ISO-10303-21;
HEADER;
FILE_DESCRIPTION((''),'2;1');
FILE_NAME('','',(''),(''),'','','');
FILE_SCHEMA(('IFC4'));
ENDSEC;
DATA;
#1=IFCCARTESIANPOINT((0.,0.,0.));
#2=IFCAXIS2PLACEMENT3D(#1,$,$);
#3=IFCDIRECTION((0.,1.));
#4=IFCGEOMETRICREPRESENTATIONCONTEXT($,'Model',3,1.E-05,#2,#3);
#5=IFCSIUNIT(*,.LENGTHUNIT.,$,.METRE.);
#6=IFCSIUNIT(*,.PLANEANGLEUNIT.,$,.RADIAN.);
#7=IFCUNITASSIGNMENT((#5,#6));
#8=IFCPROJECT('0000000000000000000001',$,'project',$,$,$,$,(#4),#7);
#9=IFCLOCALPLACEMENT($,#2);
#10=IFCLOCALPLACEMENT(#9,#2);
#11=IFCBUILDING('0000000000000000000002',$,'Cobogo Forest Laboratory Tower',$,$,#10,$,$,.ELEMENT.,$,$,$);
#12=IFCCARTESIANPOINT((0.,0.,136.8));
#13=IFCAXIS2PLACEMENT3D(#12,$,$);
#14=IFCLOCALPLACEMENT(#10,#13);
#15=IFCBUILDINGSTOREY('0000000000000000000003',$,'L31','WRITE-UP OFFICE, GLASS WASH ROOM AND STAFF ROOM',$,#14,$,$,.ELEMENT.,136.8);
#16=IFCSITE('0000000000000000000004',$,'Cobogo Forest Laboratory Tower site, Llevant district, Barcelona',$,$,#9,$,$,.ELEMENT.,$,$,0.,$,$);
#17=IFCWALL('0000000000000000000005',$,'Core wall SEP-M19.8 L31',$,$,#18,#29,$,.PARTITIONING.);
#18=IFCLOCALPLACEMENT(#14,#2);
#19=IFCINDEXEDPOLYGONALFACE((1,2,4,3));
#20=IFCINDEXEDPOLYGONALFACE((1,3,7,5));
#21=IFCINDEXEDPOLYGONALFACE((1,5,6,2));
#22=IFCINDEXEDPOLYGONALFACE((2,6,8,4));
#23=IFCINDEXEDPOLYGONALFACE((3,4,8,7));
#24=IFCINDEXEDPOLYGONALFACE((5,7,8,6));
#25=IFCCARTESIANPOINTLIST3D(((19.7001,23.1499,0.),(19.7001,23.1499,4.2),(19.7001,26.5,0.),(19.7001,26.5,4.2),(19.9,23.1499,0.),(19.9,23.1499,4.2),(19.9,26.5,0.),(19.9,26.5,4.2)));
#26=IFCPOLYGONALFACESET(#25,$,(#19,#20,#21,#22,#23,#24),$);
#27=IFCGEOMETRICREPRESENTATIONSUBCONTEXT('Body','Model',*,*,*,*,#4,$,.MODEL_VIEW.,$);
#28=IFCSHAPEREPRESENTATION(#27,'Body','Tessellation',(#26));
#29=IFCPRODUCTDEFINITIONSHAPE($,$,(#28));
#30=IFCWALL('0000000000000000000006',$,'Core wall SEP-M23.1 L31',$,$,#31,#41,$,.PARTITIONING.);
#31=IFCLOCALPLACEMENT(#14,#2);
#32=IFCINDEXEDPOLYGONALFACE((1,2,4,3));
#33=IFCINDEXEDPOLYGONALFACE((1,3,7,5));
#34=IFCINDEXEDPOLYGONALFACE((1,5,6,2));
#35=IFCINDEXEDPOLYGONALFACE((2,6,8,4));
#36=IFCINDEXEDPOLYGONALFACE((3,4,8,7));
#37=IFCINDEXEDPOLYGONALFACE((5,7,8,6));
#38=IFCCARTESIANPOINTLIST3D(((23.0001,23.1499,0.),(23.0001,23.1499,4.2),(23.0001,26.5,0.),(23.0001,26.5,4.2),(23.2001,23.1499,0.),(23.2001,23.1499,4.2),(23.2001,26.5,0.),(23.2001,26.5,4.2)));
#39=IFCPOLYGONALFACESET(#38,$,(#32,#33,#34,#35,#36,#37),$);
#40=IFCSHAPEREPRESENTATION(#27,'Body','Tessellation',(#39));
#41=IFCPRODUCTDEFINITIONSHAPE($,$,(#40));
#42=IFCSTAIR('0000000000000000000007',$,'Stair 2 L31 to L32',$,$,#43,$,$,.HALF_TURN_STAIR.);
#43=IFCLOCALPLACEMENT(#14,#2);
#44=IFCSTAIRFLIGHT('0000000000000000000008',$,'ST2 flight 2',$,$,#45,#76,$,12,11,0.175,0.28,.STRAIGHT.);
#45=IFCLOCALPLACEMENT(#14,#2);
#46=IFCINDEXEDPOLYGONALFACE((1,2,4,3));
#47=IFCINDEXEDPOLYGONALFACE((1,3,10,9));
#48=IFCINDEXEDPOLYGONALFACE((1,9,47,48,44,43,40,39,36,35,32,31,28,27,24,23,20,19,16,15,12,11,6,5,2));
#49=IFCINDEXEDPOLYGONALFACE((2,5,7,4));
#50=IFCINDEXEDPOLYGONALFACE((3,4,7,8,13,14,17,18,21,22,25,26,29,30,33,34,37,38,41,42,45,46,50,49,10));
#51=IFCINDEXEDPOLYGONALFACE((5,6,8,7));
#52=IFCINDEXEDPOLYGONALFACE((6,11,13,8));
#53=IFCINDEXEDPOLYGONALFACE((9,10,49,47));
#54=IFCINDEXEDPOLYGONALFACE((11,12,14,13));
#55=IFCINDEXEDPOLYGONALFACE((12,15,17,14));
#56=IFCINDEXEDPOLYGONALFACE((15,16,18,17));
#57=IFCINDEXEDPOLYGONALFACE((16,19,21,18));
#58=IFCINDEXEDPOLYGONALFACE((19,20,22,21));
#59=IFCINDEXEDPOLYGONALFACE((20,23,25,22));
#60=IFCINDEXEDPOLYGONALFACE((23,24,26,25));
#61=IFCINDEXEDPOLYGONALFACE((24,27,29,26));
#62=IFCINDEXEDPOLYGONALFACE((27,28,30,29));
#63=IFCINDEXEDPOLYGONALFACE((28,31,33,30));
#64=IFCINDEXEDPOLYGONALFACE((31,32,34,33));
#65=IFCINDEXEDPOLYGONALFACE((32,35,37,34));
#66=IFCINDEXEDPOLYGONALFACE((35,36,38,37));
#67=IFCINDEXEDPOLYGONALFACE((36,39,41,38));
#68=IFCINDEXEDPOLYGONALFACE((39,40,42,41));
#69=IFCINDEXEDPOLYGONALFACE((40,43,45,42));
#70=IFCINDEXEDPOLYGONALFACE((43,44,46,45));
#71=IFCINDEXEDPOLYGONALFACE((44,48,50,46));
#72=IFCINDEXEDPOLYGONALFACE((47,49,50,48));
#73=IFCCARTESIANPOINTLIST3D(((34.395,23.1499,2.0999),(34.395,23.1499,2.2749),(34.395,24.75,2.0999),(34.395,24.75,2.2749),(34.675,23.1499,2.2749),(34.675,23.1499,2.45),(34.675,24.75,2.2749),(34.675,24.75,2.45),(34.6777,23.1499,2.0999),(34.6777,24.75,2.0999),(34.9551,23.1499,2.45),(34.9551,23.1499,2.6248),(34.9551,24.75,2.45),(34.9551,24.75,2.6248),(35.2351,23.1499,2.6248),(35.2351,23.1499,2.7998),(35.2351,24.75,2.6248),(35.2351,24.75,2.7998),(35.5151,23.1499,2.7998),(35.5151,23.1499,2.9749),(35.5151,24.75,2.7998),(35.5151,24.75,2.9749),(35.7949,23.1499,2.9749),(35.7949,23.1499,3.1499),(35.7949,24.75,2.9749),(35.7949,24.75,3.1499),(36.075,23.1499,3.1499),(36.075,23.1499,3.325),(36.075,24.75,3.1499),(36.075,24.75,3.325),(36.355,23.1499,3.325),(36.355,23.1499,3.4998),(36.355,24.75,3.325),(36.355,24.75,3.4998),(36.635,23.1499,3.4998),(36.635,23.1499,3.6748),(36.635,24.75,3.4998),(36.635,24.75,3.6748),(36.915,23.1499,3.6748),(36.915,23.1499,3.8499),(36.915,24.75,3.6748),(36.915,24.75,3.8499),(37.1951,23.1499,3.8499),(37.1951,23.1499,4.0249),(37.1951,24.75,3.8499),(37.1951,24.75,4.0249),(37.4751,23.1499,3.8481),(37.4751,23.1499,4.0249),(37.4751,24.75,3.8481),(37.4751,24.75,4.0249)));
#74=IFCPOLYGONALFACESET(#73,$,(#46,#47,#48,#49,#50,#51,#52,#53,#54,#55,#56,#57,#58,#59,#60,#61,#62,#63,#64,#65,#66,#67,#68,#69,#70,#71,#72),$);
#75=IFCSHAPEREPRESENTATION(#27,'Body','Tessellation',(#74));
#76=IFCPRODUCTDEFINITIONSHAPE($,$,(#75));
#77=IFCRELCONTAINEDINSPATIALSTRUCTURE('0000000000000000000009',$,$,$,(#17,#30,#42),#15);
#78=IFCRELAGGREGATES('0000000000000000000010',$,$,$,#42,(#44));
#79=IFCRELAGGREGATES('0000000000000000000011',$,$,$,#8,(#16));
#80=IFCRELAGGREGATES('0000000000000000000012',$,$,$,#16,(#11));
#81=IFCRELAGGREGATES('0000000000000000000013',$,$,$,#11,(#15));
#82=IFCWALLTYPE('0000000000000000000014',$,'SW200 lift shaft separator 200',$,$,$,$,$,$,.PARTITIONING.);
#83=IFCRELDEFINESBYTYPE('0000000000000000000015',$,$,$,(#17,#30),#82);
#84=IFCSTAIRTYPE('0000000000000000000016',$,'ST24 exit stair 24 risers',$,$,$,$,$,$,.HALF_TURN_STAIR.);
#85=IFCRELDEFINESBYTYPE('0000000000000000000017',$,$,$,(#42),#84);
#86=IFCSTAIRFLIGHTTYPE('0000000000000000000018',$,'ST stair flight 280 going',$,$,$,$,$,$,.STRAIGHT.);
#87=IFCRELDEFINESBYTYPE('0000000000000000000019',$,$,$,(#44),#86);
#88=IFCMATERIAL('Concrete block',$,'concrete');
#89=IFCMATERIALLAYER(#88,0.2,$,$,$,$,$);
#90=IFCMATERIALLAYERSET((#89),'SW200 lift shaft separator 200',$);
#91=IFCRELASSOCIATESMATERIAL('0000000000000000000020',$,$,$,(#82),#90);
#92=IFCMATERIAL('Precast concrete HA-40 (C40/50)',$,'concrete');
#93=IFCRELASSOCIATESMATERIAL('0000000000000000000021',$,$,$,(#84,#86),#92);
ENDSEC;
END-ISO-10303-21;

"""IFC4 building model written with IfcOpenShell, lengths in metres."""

from ifc_helpers import new_model, si_unit, direction, frame, frame_2d, origin, place, context, subcontext, project, spatial, polyline, rectangle, outline, extrude, material, layer, layer_set, type_object, element, aggregate, save


model = new_model("IFC4")

# Units and contexts
model_context = context("Model", 3, precision=1e-05, world=origin(), true_north=direction((0.0, 1.0)))
body_context = subcontext(model_context, "Body", "Model", "MODEL_VIEW")
ifc_project = project(units=[si_unit("LENGTHUNIT", "METRE"), si_unit("PLANEANGLEUNIT", "RADIAN")], contexts=[model_context])

# Site, building, storey
site_placement = place(None, origin())
site = spatial("IfcSite", under=ifc_project, at=site_placement, Name="Cobogo Forest Laboratory Tower site, Llevant district, Barcelona", CompositionType="ELEMENT", RefElevation=0.0)
building_placement = place(site_placement, origin())
building = spatial("IfcBuilding", under=site, at=building_placement, Name="Cobogo Forest Laboratory Tower", CompositionType="ELEMENT")
storey_placement = place(building_placement, frame((0.0, 0.0, 136.8)))
storey = spatial("IfcBuildingStorey", under=building, at=storey_placement, Name="L31", Description="WRITE-UP OFFICE, GLASS WASH ROOM AND STAFF ROOM", CompositionType="ELEMENT", Elevation=136.8)

# Walls
ifc_material_1 = material(Name="Concrete block", Category="concrete")
ifc_layer_1 = layer(ifc_material_1, 0.2)
ifc_layer_set_1 = layer_set([ifc_layer_1], Name="SW200 lift shaft separator 200")
wall_type_1 = type_object("IfcWallType", Name="SW200 lift shaft separator 200", PredefinedType="PARTITIONING", material=ifc_layer_set_1)
for number, where, z_axis, x_axis, name in (
    (1, (19.8, 23.1499, 0.0), (0.0, 0.0, 1.0), (0.0, 1.0, 0.0), "Core wall SEP-M19.8 L31"),
    (2, (23.1001, 23.1499, 0.0), (0.0, 0.0, 1.0), (0.0, 1.0, 0.0), "Core wall SEP-M23.1 L31"),
):
    element("IfcWall", number, at=place(storey_placement, frame(where, z_axis=z_axis, x_axis=x_axis)), inside=storey, type_object=wall_type_1, Name=name, PredefinedType="PARTITIONING", context=body_context, shape_type="SweptSolid", body=[
        extrude(rectangle(XDim=3.3501, YDim=0.2, at=frame_2d((1.675, 0.0))), origin(), (0.0, 0.0, 1.0), 4.2),
    ])

# Stair, stair flight
ifc_material_2 = material(Name="Precast concrete HA-40 (C40/50)", Category="concrete")
stair_type = type_object("IfcStairType", Name="ST24 exit stair 24 risers", PredefinedType="HALF_TURN_STAIR", material=ifc_material_2)
stair_placement = place(storey_placement, origin())
stair = element("IfcStair", 3, at=stair_placement, inside=storey, type_object=stair_type, Name="Stair 2 L31 to L32", PredefinedType="HALF_TURN_STAIR")
stair_flight_type = type_object("IfcStairFlightType", Name="ST stair flight 280 going", PredefinedType="STRAIGHT", material=ifc_material_2)
stair_flight_placement = place(storey_placement, frame((34.395, 23.95, 2.0999), z_axis=(0.0, 0.0, 1.0), x_axis=(1.0, 0.0, 0.0)))
stair_flight = element("IfcStairFlight", 4, at=stair_flight_placement, type_object=stair_flight_type, Name="ST2 flight 2", NumberOfRisers=12, NumberOfTreads=11, PredefinedType="STRAIGHT", RiserHeight=0.175, TreadLength=0.28, context=body_context, shape_type="SweptSolid", body=[
    extrude(outline(polyline([(0.0, 0.0), (0.0, 0.175), (0.28, 0.175), (0.28, 0.3501), (0.5601, 0.3501), (0.5601, 0.5249), (0.8401, 0.5249), (0.8401, 0.7), (1.1201, 0.7), (1.1201, 0.875), (1.3999, 0.875), (1.3999, 1.05), (1.6799, 1.05), (1.6799, 1.2251), (1.96, 1.2251), (1.96, 1.3999), (2.24, 1.3999), (2.24, 1.575), (2.52, 1.575), (2.52, 1.75), (2.8, 1.75), (2.8, 1.925), (3.0801, 1.925), (3.0801, 2.1001), (3.0801, 1.7483), (0.2827, 0.0), (0.0, 0.0)])), frame((0.0, 0.8, 0.0), z_axis=(0.0, -1.0, 0.0), x_axis=(1.0, 0.0, 0.0)), (0.0, 0.0, 1.0), 1.6001),
])
aggregate(stair, [stair_flight])

save(model, "model.ifc")
